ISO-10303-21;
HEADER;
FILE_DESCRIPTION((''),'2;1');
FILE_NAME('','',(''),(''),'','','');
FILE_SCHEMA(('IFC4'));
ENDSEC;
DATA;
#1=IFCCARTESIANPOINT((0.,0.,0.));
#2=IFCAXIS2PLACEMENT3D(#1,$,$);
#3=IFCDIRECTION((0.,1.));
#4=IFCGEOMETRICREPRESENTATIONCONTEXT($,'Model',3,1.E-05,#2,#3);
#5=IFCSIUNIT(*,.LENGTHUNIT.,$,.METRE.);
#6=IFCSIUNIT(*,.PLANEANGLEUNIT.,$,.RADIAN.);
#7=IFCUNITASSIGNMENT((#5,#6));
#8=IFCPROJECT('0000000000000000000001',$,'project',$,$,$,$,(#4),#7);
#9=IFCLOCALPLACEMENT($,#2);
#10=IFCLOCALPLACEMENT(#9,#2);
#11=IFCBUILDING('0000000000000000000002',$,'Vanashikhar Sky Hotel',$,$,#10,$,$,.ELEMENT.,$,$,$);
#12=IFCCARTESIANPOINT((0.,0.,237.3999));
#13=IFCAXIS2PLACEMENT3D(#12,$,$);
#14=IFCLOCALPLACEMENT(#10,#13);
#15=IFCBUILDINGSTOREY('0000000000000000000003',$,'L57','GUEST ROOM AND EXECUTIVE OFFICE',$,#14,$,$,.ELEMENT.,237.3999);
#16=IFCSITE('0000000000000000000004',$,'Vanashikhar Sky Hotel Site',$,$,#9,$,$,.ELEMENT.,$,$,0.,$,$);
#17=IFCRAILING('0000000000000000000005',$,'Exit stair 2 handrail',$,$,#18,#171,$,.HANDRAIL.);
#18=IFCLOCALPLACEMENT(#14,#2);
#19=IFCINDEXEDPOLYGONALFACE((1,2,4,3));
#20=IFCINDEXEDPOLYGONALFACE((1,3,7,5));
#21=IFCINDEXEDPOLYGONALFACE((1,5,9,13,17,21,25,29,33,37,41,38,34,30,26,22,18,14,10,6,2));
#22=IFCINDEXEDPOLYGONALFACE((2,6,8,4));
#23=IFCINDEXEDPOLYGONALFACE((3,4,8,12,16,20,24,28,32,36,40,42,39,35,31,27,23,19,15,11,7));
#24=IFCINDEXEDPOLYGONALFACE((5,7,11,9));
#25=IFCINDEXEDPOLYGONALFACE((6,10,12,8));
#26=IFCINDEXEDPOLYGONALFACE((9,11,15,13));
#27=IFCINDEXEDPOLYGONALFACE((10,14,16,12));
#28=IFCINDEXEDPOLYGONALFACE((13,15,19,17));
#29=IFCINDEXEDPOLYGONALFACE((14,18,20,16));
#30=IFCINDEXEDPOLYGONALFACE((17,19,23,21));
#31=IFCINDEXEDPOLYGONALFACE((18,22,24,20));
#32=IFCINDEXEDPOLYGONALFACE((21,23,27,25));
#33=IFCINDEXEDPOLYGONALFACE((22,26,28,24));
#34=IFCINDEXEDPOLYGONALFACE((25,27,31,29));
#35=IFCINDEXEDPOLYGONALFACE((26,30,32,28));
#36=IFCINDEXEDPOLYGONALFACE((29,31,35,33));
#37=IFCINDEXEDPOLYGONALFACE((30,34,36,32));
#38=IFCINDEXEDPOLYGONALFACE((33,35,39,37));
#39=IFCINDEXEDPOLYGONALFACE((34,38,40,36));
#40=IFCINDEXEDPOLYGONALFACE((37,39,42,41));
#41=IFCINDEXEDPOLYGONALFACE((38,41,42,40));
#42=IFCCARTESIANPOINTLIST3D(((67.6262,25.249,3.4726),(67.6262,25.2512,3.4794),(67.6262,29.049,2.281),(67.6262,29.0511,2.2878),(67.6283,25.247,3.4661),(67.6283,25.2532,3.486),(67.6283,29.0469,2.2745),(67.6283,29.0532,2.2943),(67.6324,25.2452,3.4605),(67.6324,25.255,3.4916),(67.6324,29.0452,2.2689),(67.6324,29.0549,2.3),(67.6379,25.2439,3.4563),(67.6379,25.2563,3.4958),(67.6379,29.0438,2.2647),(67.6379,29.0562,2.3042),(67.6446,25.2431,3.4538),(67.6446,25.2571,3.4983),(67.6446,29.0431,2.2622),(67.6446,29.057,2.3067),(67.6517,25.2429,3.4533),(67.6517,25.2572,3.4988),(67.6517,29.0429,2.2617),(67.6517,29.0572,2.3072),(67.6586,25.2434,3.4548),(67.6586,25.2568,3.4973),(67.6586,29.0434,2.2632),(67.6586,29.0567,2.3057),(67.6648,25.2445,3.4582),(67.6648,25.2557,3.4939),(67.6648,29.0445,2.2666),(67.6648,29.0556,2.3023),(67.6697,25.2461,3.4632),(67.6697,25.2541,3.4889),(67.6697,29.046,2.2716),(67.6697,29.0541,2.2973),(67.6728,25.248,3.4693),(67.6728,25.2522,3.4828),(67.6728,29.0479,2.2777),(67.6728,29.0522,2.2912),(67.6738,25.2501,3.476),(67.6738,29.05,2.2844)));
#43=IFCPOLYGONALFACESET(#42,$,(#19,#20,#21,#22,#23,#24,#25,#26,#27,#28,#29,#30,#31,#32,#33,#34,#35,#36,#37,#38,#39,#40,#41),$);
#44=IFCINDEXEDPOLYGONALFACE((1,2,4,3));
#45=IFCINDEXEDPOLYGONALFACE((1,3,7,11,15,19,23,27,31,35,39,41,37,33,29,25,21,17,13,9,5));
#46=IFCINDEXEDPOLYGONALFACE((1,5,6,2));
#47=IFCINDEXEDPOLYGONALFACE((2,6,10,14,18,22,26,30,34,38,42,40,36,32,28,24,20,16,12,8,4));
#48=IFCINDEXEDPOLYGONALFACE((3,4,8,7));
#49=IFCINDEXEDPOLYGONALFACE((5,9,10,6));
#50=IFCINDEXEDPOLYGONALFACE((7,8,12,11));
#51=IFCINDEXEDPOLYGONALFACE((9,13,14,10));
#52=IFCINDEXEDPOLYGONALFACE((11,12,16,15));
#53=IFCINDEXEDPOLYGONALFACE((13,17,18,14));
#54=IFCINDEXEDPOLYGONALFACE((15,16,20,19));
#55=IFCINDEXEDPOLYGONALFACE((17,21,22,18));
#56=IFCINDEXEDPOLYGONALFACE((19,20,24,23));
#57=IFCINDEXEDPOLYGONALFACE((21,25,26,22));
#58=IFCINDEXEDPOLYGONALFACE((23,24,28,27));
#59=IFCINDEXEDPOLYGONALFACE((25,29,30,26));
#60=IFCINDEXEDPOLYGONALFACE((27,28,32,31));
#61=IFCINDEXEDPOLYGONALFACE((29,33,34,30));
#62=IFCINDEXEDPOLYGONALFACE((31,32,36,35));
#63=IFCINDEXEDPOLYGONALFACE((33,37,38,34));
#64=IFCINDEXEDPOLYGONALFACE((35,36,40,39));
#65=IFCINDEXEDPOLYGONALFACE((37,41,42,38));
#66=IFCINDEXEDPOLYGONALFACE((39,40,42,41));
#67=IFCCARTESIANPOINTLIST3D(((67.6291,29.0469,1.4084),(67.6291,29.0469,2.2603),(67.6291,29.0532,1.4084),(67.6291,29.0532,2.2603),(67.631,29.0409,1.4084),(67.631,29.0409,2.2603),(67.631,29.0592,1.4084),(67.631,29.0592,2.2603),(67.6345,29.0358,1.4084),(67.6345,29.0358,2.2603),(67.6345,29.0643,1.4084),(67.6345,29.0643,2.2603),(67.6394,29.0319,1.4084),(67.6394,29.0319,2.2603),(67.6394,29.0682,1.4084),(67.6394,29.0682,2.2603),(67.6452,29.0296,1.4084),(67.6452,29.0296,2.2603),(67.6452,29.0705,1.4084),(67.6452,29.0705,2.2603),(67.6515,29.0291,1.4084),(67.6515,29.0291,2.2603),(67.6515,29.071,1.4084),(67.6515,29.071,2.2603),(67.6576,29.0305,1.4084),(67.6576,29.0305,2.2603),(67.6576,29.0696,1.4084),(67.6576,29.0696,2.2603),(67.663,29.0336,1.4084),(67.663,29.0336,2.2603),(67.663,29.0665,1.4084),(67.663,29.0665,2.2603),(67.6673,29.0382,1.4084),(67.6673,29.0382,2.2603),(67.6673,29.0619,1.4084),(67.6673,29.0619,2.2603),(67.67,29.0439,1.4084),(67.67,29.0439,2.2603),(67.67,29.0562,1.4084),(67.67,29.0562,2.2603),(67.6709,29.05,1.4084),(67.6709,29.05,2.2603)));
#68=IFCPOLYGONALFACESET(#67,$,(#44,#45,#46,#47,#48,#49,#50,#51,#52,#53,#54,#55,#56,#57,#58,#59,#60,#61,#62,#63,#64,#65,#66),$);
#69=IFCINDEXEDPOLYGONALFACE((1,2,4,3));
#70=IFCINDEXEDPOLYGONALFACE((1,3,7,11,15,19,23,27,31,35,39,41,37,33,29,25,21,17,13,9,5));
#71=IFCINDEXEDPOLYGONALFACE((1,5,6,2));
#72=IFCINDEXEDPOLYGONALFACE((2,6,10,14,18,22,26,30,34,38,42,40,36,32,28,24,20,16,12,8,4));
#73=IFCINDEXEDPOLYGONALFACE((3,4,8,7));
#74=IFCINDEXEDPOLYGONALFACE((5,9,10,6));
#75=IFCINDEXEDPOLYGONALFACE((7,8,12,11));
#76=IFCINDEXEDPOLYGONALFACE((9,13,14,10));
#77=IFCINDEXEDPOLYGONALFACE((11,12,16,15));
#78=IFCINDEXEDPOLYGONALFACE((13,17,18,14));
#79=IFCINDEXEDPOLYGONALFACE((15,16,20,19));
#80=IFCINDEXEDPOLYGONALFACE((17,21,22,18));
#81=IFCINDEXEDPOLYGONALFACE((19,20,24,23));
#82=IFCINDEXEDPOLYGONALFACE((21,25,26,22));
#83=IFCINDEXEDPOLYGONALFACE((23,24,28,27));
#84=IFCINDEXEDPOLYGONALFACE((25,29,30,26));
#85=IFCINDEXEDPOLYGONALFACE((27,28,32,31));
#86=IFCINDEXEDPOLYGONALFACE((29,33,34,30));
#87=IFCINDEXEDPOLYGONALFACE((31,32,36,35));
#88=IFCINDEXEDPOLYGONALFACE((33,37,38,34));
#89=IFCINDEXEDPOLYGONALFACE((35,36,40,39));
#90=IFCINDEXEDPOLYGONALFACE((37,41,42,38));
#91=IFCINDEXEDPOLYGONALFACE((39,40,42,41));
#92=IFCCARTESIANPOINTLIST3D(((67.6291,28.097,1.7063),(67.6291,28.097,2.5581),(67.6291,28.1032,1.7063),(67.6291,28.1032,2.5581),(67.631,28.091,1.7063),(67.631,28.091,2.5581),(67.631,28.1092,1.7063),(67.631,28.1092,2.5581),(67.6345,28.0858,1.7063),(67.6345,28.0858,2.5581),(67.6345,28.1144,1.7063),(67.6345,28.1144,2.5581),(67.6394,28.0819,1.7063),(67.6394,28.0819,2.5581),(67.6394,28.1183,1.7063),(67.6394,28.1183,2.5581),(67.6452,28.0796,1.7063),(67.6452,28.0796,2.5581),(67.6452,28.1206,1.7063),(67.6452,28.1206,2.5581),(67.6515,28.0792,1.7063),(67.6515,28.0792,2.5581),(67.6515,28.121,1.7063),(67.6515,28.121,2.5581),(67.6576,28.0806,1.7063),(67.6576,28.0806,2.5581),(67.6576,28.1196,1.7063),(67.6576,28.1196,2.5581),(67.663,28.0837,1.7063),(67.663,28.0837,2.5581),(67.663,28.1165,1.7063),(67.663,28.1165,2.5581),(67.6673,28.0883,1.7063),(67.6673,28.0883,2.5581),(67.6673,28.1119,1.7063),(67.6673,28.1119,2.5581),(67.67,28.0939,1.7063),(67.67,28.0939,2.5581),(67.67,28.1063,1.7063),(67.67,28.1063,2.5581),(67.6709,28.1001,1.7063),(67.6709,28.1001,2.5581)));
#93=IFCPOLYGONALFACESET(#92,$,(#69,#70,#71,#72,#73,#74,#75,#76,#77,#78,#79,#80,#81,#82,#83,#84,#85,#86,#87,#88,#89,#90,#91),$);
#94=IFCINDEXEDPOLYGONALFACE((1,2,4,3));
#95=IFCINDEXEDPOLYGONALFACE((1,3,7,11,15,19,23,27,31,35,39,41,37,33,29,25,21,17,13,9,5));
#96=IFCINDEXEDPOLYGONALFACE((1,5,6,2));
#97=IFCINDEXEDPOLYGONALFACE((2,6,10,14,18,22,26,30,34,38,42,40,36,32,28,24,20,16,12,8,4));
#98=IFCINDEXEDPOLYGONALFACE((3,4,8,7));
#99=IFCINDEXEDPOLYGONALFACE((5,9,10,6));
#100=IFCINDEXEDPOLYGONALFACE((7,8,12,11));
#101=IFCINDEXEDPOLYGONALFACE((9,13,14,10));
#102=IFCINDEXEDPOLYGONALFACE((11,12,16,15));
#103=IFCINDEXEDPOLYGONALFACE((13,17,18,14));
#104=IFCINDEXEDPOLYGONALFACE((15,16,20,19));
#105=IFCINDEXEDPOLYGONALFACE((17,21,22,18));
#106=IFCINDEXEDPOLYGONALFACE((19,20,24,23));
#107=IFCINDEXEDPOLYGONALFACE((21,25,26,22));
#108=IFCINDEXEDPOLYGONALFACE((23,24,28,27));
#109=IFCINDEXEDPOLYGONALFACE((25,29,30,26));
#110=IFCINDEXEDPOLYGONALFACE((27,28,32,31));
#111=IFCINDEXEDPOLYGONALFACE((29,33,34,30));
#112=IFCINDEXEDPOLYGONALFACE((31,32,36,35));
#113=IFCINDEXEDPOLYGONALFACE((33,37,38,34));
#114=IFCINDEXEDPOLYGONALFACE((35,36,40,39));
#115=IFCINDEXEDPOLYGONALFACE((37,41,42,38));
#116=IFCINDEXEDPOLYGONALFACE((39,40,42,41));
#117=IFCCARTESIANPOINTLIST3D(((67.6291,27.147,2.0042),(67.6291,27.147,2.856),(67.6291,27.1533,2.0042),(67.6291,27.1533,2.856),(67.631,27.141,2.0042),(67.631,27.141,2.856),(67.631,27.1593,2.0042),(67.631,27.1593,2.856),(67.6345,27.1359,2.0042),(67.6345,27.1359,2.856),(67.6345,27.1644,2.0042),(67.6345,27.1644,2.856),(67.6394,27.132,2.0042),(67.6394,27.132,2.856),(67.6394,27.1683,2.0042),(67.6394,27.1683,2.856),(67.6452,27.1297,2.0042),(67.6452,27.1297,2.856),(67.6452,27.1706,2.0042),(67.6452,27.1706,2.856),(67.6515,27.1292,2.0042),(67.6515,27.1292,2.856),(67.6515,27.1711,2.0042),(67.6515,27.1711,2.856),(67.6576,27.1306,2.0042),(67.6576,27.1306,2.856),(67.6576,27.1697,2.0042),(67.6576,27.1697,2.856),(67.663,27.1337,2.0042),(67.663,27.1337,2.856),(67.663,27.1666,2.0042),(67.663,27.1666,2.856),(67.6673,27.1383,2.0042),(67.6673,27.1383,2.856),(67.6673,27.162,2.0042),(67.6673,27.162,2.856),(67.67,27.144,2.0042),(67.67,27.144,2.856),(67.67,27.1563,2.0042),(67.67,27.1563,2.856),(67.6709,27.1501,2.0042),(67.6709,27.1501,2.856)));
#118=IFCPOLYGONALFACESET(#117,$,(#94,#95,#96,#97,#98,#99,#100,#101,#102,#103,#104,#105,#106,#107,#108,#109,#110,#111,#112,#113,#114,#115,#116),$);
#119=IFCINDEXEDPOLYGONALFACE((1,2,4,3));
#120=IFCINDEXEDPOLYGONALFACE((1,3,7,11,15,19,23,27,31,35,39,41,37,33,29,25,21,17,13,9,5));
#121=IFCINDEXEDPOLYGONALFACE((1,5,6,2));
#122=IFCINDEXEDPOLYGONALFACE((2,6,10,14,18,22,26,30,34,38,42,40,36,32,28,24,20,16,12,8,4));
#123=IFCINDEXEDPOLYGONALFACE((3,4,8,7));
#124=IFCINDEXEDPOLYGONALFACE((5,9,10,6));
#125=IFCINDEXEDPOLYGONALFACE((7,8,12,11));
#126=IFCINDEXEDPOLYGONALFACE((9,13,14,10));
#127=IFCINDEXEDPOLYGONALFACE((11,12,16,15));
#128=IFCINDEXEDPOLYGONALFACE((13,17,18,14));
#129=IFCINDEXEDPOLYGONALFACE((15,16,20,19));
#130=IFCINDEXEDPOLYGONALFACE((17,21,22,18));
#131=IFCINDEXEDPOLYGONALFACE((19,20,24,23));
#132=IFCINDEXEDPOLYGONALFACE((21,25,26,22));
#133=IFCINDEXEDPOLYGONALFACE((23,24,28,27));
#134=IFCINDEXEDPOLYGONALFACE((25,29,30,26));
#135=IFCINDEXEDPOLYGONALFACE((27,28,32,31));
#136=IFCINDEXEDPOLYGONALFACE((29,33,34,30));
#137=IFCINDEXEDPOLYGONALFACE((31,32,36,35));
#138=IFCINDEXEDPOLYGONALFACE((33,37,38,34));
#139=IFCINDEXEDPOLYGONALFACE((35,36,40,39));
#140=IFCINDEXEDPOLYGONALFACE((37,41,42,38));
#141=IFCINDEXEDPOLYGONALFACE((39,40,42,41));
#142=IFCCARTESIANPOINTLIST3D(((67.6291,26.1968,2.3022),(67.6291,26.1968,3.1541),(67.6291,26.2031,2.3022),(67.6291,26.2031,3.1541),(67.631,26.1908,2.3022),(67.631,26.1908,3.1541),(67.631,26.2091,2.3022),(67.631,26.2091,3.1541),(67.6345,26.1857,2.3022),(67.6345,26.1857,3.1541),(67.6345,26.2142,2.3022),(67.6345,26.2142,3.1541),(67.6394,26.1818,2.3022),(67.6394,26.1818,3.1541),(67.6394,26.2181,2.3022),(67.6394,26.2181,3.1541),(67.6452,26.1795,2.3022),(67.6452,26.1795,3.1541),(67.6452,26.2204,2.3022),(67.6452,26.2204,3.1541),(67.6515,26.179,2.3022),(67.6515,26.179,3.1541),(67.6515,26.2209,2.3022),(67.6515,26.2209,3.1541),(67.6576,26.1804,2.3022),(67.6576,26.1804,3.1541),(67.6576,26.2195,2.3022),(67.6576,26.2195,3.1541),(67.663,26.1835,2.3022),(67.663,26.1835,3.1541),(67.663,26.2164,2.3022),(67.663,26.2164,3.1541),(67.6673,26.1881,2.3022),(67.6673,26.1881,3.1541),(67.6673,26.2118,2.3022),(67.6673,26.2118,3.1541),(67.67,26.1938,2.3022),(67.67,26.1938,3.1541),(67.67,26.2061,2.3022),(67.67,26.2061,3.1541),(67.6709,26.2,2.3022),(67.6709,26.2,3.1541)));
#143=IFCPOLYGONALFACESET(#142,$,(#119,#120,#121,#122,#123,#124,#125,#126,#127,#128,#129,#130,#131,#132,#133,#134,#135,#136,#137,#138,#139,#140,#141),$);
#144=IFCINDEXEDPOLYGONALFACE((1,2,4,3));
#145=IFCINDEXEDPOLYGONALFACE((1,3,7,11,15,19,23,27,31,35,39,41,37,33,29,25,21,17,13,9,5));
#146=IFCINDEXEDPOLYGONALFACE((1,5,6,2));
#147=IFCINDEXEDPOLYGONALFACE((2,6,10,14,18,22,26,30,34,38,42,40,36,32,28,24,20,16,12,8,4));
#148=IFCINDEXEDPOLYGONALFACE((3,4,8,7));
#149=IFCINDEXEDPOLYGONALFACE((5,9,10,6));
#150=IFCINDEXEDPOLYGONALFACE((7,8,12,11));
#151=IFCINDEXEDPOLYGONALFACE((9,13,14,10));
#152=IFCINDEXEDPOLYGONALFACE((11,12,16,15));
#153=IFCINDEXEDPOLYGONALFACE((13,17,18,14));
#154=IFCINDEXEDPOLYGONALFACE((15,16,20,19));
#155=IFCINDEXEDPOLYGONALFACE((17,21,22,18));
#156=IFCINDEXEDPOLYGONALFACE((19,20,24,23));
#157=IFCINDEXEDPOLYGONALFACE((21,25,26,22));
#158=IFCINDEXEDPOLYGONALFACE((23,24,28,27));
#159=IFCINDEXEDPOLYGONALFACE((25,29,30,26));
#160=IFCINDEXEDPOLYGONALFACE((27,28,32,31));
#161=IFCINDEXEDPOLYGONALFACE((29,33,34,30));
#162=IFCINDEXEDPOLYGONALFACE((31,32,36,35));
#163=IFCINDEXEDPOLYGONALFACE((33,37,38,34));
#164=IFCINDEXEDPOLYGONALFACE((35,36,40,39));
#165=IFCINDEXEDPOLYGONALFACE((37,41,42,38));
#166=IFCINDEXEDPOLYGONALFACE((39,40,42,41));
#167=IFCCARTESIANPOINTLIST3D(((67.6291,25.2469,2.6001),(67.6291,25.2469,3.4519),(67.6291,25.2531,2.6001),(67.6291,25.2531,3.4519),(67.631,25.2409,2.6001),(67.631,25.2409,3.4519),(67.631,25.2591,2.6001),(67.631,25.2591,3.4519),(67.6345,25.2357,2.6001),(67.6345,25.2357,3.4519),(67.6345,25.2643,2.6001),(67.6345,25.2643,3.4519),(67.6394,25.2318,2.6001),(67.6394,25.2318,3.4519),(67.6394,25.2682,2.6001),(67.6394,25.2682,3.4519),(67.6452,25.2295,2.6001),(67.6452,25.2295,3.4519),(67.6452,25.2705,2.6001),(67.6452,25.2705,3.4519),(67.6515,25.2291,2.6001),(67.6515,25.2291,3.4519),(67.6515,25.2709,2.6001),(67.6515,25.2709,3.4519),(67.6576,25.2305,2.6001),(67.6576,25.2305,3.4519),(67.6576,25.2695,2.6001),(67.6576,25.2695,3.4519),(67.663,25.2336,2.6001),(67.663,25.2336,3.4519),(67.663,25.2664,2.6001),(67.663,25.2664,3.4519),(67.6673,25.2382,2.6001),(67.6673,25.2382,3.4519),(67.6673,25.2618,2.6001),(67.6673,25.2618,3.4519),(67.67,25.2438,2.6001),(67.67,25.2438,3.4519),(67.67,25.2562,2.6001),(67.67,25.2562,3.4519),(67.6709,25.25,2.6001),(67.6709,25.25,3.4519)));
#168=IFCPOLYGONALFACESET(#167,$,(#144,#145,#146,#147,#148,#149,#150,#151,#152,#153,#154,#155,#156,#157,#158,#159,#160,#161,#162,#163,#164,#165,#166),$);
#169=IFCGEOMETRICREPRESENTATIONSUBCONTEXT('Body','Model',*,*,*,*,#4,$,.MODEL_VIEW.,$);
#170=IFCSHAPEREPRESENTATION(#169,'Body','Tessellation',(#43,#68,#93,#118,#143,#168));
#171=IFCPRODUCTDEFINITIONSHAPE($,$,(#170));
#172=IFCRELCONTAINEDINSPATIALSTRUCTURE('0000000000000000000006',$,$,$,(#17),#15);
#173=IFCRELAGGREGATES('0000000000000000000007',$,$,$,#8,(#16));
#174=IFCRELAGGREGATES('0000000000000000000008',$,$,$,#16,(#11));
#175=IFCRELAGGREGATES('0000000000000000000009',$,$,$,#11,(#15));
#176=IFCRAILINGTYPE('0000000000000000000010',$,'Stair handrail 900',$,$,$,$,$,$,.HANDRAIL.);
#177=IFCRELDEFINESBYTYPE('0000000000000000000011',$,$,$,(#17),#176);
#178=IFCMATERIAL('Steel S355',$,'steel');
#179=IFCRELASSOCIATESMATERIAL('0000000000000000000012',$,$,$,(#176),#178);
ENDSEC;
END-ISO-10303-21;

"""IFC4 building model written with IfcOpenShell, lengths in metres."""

from ifc_helpers import new_model, si_unit, direction, frame, origin, origin_2d, place, context, subcontext, project, spatial, circle, extrude, source, transform, mapped, material, type_object, element, save


model = new_model("IFC4")

# Units and contexts
model_context = context("Model", 3, precision=1e-05, world=origin(), true_north=direction((0.0, 1.0)))
body_context = subcontext(model_context, "Body", "Model", "MODEL_VIEW")
ifc_project = project(units=[si_unit("LENGTHUNIT", "METRE"), si_unit("PLANEANGLEUNIT", "RADIAN")], contexts=[model_context])

# Site, building, storey
site_placement = place(None, origin())
site = spatial("IfcSite", under=ifc_project, at=site_placement, Name="Vanashikhar Sky Hotel Site", CompositionType="ELEMENT", RefElevation=0.0)
building_placement = place(site_placement, origin())
building = spatial("IfcBuilding", under=site, at=building_placement, Name="Vanashikhar Sky Hotel", CompositionType="ELEMENT")
storey_placement = place(building_placement, frame((0.0, 0.0, 237.3999)))
storey = spatial("IfcBuildingStorey", under=building, at=storey_placement, Name="L57", Description="GUEST ROOM AND EXECUTIVE OFFICE", CompositionType="ELEMENT", Elevation=237.3999)

# Railing
ifc_material_1 = material(Name="Steel S355", Category="steel")
railing_type_1 = type_object("IfcRailingType", Name="Stair handrail 900", PredefinedType="HANDRAIL", material=ifc_material_1)
shared_shape_1 = source(origin(), body_context, "Body", "SweptSolid", [
    extrude(circle(Radius=0.0239, at=origin_2d()), frame((0.0, 0.0, 0.876), z_axis=(0.0, -0.954184, 0.299221), x_axis=(1.0, 0.0, 0.0)), (0.0, 0.0, 1.0), 3.9824),
    extrude(circle(Radius=0.021, at=origin_2d()), origin(), (0.0, 0.0, 1.0), 0.8518),
    extrude(circle(Radius=0.021, at=origin_2d()), frame((0.0, -0.95, 0.2979)), (0.0, 0.0, 1.0), 0.8518),
    extrude(circle(Radius=0.021, at=origin_2d()), frame((0.0, -1.8999, 0.5957)), (0.0, 0.0, 1.0), 0.8518),
    extrude(circle(Radius=0.021, at=origin_2d()), frame((0.0, -2.8501, 0.8938)), (0.0, 0.0, 1.0), 0.8518),
    extrude(circle(Radius=0.021, at=origin_2d()), frame((0.0, -3.8, 1.1917)), (0.0, 0.0, 1.0), 0.8518),
])
railing_1_placement = place(storey_placement, frame((67.6499, 29.05, 1.4084)))
element("IfcRailing", 1, at=railing_1_placement, inside=storey, type_object=railing_type_1, Name="Exit stair 2 handrail", PredefinedType="HANDRAIL", context=body_context, shape_type="MappedRepresentation", body=[
    mapped(shared_shape_1, transform((0.0, 0.0, 0.0), scale=1.0)),
])

save(model, "model.ifc")
